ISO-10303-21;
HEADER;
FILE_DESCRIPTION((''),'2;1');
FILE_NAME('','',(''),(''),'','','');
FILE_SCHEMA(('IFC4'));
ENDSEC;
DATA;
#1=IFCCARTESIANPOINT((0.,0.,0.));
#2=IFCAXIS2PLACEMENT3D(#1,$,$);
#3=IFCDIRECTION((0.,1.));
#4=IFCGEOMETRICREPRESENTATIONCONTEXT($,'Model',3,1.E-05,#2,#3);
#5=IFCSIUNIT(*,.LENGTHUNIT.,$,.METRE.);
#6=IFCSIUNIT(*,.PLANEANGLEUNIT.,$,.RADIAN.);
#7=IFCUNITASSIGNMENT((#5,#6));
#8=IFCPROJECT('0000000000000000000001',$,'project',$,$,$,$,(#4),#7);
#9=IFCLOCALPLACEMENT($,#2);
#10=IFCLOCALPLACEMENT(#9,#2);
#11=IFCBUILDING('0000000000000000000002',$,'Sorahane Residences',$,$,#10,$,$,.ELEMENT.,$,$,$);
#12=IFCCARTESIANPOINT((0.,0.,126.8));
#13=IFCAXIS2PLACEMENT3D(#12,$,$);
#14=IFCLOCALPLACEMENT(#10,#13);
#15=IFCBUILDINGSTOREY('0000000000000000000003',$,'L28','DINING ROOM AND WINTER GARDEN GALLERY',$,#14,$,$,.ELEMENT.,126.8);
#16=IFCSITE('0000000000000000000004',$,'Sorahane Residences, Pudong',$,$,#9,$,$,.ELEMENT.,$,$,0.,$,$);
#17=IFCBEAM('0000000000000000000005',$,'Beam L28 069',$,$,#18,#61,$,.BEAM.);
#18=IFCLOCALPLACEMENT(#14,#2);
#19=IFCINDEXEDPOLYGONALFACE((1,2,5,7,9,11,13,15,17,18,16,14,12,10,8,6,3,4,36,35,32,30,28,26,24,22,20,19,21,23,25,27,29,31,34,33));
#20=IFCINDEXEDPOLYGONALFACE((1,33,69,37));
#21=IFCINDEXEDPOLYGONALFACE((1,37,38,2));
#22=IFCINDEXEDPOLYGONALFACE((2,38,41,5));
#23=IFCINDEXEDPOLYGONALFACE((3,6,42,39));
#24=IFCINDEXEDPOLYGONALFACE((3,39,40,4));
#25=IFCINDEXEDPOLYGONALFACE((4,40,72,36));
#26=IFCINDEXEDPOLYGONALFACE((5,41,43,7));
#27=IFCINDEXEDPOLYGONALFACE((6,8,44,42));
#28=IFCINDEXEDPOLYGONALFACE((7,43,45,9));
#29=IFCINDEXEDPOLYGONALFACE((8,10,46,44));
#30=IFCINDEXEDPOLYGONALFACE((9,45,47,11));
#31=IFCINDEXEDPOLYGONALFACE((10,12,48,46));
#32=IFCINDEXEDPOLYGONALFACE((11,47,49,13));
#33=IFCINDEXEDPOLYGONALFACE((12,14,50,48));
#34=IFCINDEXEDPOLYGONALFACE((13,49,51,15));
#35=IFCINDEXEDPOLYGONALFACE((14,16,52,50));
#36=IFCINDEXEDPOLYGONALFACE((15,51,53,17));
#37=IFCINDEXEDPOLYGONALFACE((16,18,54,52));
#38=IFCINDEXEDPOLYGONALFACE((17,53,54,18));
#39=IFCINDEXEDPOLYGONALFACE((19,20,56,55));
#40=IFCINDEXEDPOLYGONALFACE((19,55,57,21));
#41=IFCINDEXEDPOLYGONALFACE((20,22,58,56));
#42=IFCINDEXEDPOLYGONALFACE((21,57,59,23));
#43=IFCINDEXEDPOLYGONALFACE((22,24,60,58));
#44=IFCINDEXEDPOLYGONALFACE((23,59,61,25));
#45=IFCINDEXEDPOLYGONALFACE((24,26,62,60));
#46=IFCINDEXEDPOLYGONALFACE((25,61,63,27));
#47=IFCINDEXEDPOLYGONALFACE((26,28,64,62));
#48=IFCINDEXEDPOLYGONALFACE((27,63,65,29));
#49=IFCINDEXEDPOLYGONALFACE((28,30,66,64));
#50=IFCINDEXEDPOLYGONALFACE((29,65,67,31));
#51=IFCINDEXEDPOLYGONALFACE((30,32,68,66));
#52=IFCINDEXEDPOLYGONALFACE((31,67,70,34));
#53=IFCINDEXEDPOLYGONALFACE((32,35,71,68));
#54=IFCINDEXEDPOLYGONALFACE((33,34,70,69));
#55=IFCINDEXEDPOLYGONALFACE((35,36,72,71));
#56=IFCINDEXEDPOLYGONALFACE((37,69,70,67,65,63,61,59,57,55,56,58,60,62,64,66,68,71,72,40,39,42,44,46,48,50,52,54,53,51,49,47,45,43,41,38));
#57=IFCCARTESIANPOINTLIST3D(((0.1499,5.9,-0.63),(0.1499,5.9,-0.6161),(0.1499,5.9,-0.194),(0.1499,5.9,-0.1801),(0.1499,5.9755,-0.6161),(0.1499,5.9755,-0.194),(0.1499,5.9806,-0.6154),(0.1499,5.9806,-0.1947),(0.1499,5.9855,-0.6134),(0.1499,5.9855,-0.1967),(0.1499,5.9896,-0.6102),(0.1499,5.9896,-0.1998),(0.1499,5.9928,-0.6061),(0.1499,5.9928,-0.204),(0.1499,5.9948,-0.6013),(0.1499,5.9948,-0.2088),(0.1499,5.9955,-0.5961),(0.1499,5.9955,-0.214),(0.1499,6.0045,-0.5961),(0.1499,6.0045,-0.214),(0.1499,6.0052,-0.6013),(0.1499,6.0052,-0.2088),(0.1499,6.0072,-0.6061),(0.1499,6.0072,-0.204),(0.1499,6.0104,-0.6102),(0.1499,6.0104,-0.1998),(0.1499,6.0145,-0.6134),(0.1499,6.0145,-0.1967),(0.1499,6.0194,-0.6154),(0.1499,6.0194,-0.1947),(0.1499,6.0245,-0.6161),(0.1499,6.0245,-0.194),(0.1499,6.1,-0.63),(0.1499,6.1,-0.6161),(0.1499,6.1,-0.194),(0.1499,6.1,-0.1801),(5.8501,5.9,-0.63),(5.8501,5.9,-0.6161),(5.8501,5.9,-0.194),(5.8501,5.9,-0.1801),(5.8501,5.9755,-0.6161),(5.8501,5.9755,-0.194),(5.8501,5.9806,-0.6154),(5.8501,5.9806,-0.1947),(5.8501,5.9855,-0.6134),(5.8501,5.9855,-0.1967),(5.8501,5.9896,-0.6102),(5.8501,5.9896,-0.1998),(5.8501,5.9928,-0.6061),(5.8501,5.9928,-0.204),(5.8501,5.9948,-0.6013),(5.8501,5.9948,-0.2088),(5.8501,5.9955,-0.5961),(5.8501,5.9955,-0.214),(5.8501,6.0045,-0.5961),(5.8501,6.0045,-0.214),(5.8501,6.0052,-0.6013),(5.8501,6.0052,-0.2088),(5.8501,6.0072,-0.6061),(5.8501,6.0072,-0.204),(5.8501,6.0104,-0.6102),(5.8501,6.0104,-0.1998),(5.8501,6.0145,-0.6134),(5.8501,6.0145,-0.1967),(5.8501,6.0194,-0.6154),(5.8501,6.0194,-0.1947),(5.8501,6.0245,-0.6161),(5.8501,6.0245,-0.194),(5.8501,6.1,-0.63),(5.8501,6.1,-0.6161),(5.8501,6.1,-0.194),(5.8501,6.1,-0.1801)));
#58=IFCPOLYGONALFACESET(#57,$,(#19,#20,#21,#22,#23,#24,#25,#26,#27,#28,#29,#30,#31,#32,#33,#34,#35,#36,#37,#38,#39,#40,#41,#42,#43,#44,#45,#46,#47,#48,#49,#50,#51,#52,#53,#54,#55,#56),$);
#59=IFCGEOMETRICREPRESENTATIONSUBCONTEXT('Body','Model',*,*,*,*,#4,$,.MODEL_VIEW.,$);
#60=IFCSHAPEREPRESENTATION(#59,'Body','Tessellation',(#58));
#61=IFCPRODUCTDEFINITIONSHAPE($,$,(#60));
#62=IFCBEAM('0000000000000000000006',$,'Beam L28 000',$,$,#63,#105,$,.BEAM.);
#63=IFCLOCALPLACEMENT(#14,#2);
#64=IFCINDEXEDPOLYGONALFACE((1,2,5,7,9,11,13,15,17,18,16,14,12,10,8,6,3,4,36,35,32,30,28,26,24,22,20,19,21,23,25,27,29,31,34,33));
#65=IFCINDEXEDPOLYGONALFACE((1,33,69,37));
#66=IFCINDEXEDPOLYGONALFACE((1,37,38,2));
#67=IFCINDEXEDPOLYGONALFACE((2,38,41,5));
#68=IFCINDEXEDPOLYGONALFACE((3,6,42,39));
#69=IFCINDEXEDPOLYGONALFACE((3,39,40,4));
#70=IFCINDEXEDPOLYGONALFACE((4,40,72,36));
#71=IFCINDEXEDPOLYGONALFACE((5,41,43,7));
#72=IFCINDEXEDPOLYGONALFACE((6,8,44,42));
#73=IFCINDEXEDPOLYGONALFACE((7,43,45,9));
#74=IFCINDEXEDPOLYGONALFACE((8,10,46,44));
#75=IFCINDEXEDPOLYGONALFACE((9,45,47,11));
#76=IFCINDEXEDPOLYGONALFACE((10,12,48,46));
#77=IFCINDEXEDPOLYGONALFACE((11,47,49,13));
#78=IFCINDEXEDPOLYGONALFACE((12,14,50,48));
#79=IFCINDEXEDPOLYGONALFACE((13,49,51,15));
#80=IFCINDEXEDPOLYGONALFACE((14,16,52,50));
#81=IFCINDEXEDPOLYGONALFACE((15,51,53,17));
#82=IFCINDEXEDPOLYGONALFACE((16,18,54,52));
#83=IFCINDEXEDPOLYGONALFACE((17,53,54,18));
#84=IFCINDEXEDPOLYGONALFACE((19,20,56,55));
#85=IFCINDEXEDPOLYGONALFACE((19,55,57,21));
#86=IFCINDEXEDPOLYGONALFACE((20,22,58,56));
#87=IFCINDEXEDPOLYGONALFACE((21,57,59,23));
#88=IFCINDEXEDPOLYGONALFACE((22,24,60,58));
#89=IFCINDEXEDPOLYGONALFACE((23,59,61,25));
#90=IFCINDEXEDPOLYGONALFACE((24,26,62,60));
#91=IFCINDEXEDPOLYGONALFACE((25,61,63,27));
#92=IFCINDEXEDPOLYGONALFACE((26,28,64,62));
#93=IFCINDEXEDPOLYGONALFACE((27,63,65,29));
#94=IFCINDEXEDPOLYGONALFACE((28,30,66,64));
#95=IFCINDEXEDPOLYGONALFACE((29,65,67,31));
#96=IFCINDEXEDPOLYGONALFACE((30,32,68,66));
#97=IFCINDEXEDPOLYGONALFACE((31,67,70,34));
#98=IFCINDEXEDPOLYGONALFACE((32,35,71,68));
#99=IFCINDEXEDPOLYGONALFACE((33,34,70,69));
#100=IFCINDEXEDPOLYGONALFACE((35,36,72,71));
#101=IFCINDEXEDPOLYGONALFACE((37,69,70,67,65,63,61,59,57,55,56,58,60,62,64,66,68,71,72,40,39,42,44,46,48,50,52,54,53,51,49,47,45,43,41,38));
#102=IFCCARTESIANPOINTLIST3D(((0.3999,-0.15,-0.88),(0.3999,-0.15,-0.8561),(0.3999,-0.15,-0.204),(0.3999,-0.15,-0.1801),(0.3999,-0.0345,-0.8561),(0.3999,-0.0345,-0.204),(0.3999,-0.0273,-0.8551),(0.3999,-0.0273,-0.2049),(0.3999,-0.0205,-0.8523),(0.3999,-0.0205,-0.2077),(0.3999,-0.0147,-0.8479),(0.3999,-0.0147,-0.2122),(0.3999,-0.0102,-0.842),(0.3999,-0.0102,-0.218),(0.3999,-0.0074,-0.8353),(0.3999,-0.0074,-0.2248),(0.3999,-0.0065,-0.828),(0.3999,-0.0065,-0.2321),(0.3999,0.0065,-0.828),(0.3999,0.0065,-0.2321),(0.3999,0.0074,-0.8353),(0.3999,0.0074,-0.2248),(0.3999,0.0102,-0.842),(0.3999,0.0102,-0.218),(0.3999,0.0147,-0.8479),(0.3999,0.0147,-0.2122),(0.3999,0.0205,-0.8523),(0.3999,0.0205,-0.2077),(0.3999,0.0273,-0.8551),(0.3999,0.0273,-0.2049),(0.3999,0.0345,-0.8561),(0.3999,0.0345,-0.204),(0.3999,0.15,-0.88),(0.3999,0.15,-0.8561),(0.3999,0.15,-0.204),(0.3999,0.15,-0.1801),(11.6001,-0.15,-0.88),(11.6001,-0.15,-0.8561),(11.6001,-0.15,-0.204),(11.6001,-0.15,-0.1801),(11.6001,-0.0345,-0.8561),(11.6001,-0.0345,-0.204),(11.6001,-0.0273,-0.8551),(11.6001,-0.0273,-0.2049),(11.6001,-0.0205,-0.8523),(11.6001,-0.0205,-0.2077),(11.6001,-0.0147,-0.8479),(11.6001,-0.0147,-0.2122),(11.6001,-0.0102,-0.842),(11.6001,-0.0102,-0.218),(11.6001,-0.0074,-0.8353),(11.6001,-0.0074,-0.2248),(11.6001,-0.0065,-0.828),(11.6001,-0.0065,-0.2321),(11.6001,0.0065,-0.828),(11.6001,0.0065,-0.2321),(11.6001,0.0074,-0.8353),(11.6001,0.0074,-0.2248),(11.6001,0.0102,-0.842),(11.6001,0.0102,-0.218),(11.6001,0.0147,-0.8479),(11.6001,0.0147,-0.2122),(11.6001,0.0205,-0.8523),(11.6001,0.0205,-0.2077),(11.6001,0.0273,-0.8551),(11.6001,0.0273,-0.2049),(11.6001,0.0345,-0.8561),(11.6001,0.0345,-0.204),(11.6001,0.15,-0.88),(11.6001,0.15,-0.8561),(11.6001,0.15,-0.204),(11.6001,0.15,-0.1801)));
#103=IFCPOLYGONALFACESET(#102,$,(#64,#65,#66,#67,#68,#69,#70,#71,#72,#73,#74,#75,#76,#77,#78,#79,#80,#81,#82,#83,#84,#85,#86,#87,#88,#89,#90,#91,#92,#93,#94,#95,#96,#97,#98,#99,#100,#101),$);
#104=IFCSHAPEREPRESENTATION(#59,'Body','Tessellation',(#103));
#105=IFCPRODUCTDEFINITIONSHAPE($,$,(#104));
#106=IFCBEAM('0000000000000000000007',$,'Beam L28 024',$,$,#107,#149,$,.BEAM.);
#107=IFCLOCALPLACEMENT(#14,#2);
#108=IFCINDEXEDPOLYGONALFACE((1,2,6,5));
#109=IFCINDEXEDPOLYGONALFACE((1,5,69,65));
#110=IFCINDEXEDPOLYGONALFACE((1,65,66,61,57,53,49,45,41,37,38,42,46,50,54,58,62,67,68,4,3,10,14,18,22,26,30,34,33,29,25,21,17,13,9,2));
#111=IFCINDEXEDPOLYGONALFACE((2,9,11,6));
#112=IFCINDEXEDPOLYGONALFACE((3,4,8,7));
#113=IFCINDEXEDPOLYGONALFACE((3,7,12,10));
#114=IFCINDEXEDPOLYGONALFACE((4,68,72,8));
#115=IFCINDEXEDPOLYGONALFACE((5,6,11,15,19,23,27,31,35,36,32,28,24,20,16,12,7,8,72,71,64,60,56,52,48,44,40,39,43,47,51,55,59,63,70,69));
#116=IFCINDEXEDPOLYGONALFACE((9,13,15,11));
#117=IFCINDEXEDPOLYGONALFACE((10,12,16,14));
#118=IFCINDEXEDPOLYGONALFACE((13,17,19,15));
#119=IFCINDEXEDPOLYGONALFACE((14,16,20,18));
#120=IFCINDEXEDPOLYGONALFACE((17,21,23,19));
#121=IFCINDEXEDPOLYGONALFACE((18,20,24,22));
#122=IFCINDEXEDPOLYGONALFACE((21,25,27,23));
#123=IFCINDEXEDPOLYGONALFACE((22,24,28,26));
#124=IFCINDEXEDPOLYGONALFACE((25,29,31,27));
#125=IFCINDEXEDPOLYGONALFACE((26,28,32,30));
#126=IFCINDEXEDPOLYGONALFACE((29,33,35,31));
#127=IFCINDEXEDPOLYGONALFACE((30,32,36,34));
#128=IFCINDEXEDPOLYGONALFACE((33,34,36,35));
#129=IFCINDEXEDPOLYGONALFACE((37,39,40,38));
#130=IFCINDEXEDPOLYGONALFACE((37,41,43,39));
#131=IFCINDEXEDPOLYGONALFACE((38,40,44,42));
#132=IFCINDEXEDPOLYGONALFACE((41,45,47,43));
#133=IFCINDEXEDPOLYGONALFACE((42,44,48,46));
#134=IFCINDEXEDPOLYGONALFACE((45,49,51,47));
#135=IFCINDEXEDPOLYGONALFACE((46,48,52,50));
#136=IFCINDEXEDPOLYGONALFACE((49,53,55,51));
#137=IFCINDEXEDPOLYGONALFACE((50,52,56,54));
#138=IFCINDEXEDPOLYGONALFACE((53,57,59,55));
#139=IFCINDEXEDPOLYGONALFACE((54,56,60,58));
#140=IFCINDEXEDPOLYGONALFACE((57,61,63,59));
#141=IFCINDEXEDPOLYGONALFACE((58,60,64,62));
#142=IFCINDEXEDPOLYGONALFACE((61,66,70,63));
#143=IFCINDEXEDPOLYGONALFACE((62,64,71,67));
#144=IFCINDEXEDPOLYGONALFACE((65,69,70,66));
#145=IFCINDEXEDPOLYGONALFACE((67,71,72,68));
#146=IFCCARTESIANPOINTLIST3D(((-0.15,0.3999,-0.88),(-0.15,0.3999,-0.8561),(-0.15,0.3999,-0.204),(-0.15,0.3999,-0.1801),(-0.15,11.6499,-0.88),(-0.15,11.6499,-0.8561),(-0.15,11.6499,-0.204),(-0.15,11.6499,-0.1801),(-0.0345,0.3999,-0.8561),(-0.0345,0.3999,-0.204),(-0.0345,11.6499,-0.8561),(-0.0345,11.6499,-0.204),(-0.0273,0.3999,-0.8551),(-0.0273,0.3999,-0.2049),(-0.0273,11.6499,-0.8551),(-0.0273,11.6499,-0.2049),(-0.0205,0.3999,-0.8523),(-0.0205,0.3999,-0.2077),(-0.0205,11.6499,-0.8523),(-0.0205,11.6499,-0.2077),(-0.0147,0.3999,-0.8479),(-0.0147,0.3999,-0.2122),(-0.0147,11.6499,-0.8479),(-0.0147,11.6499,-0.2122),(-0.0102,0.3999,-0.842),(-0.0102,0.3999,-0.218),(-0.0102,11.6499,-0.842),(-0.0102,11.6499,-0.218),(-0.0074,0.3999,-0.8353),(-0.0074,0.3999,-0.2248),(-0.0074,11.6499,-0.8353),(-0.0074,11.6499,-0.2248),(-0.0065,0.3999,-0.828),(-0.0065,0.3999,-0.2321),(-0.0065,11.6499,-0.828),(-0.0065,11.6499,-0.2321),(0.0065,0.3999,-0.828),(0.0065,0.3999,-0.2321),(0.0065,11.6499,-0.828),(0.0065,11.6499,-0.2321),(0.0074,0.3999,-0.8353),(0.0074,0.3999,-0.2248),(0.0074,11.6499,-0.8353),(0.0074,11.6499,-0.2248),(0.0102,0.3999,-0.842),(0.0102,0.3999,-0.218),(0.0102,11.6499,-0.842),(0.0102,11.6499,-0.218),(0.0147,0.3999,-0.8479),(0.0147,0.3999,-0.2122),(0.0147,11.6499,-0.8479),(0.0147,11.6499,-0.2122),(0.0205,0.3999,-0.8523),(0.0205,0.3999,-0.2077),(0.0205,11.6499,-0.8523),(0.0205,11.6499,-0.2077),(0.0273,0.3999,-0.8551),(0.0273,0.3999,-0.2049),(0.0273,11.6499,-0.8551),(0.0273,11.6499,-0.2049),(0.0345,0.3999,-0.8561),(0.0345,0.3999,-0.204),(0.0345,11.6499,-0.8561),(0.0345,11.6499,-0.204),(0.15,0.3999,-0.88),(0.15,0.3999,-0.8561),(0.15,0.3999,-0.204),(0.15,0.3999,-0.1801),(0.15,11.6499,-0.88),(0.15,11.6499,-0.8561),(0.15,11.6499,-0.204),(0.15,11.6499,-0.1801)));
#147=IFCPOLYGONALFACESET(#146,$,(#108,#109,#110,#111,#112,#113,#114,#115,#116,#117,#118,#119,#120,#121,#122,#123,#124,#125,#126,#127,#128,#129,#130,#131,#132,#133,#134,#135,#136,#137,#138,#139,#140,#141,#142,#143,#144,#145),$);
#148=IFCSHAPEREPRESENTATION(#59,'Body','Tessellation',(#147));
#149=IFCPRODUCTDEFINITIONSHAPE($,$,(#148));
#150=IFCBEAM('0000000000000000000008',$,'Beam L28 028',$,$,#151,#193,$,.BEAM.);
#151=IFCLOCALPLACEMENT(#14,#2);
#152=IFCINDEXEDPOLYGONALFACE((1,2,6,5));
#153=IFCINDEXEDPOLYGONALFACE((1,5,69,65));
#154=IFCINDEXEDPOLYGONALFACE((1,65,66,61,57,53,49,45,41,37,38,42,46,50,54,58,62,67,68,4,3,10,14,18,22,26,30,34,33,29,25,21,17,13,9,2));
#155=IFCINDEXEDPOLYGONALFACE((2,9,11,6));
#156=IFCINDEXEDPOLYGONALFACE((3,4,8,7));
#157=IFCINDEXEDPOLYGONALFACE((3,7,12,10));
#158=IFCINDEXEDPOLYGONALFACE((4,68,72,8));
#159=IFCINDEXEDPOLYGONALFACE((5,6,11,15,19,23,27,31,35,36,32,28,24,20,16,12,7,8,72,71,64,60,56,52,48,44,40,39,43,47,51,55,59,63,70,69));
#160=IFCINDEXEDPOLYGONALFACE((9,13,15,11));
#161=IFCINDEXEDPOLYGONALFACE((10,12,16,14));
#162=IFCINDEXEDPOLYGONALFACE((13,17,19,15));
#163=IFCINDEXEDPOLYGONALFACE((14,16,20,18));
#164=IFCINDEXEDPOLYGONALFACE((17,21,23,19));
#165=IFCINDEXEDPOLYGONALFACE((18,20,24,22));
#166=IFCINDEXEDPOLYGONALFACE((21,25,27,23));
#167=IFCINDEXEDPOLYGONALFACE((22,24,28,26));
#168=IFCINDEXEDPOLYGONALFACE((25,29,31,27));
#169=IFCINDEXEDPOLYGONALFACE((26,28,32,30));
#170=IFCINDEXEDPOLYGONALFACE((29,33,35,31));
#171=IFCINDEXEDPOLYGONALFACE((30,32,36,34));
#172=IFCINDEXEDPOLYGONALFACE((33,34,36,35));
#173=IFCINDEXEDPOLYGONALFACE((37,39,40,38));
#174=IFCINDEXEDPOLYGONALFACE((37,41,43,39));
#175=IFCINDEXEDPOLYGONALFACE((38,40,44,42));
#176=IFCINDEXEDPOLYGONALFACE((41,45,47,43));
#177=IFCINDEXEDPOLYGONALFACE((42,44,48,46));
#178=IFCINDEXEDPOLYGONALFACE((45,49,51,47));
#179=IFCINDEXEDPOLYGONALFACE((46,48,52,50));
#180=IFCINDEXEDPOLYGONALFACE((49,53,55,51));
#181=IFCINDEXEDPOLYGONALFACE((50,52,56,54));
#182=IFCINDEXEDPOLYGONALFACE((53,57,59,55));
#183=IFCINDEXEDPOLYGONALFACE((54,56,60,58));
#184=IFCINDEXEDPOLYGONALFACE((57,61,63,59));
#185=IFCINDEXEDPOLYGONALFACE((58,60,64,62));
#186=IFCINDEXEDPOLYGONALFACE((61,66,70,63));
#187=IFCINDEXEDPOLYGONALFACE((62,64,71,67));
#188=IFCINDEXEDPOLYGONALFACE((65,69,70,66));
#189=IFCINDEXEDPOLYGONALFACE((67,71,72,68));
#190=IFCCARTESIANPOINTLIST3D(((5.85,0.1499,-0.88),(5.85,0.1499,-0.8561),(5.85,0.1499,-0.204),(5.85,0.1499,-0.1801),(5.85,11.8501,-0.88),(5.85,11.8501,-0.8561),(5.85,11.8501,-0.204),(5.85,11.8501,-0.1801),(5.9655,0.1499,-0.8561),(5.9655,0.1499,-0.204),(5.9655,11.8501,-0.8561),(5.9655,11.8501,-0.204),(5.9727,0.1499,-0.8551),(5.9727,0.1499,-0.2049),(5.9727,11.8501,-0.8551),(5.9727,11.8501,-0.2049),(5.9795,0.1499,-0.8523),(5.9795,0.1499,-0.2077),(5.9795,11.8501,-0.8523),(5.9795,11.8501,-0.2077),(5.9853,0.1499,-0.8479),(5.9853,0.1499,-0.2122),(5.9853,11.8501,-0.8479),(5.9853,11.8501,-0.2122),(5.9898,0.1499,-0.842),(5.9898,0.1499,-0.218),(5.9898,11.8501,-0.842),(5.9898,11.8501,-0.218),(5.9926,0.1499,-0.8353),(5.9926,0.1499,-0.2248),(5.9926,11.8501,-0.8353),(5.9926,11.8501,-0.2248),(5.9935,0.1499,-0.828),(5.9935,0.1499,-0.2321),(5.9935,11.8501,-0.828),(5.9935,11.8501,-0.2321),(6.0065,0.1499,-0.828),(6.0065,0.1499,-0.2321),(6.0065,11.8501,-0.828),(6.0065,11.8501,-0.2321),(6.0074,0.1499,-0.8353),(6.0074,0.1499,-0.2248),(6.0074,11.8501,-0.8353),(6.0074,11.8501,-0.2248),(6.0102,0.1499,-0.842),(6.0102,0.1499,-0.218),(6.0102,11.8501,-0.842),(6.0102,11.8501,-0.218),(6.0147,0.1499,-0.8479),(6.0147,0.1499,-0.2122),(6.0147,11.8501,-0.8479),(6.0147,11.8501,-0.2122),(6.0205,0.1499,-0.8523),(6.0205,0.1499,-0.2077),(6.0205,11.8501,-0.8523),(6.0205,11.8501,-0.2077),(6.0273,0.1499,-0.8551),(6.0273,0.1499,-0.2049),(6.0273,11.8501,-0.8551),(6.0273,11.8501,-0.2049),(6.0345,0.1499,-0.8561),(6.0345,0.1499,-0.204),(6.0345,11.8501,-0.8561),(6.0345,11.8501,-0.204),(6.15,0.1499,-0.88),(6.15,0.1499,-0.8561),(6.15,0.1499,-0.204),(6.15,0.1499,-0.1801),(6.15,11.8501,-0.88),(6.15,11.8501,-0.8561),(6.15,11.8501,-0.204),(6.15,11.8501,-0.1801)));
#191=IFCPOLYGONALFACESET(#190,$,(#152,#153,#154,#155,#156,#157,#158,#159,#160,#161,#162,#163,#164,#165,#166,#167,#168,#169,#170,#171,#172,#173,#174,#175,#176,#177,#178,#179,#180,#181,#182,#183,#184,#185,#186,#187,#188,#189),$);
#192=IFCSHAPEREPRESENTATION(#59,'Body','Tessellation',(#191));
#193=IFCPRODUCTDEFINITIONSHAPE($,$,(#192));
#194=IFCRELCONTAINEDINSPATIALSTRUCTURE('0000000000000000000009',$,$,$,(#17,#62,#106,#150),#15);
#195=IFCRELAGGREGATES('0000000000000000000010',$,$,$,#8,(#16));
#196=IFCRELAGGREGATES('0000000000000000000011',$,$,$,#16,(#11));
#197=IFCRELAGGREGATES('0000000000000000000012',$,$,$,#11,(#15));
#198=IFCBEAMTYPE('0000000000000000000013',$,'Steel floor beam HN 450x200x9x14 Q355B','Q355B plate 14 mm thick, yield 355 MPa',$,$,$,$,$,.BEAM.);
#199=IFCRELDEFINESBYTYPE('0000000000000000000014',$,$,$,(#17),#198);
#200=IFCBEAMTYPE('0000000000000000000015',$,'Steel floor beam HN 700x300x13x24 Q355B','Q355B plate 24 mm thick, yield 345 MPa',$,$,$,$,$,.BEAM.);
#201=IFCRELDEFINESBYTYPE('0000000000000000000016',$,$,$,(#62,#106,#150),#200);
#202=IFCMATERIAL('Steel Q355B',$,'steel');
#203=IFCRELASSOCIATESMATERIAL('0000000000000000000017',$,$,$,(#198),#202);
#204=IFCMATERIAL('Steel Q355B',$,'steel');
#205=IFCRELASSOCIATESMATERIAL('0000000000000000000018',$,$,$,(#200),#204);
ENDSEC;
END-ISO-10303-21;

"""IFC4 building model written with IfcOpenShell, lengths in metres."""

from ifc_helpers import new_model, si_unit, direction, frame, origin, origin_2d, place, context, subcontext, project, spatial, i_section, extrude, material, material_profile, profile_set, type_object, element, save


model = new_model("IFC4")

# Units and contexts
model_context = context("Model", 3, precision=1e-05, world=origin(), true_north=direction((0.0, 1.0)))
body_context = subcontext(model_context, "Body", "Model", "MODEL_VIEW")
ifc_project = project(units=[si_unit("LENGTHUNIT", "METRE"), si_unit("PLANEANGLEUNIT", "RADIAN")], contexts=[model_context])

# Site, building, storey
site_placement = place(None, origin())
site = spatial("IfcSite", under=ifc_project, at=site_placement, Name="Sorahane Residences, Pudong", CompositionType="ELEMENT", RefElevation=0.0)
building_placement = place(site_placement, origin())
building = spatial("IfcBuilding", under=site, at=building_placement, Name="Sorahane Residences", CompositionType="ELEMENT")
storey_placement = place(building_placement, frame((0.0, 0.0, 126.8)))
storey = spatial("IfcBuildingStorey", under=building, at=storey_placement, Name="L28", Description="DINING ROOM AND WINTER GARDEN GALLERY", CompositionType="ELEMENT", Elevation=126.8)

# Beams
ifc_material_1 = material(Name="Steel Q355B", Category="steel")
ifc_material_profile_1 = material_profile(ifc_material_1, i_section(OverallWidth=0.2, OverallDepth=0.45, WebThickness=0.009, FlangeThickness=0.0139, FilletRadius=0.02, at=origin_2d()), Name="HN 450x200x9x14")
ifc_profile_set_1 = profile_set([ifc_material_profile_1], Name="Steel Q355B")
beam_type_1 = type_object("IfcBeamType", Name="Steel floor beam HN 450x200x9x14 Q355B", Description="Q355B plate 14 mm thick, yield 355 MPa", PredefinedType="BEAM", material=ifc_profile_set_1)
beam_1_placement = place(storey_placement, frame((0.1499, 6.0, -0.405), z_axis=(1.0, 0.0, 0.0), x_axis=(0.0, 1.0, 0.0)))
element("IfcBeam", 1, at=beam_1_placement, inside=storey, type_object=beam_type_1, Name="Beam L28 069", PredefinedType="BEAM", context=body_context, shape_type="SweptSolid", body=[
    extrude(i_section(OverallWidth=0.2, OverallDepth=0.45, WebThickness=0.009, FlangeThickness=0.0139, FilletRadius=0.02, at=origin_2d()), origin(), (0.0, 0.0, 1.0), 5.7002),
])
ifc_material_2 = material(Name="Steel Q355B", Category="steel")
ifc_material_profile_2 = material_profile(ifc_material_2, i_section(OverallWidth=0.3, OverallDepth=0.7, WebThickness=0.0129, FlangeThickness=0.0239, FilletRadius=0.0281, at=origin_2d()), Name="HN 700x300x13x24")
ifc_profile_set_2 = profile_set([ifc_material_profile_2], Name="Steel Q355B")
beam_type_2 = type_object("IfcBeamType", Name="Steel floor beam HN 700x300x13x24 Q355B", Description="Q355B plate 24 mm thick, yield 345 MPa", PredefinedType="BEAM", material=ifc_profile_set_2)
beam_2_placement = place(storey_placement, frame((0.3999, 0.0, -0.53), z_axis=(1.0, 0.0, 0.0), x_axis=(0.0, 1.0, 0.0)))
element("IfcBeam", 2, at=beam_2_placement, inside=storey, type_object=beam_type_2, Name="Beam L28 000", PredefinedType="BEAM", context=body_context, shape_type="SweptSolid", body=[
    extrude(i_section(OverallWidth=0.3, OverallDepth=0.7, WebThickness=0.0129, FlangeThickness=0.0239, FilletRadius=0.0281, at=origin_2d()), origin(), (0.0, 0.0, 1.0), 11.2002),
])
beam_3_placement = place(storey_placement, frame((0.0, 0.3999, -0.53), z_axis=(0.0, 1.0, 0.0), x_axis=(-1.0, 0.0, 0.0)))
element("IfcBeam", 3, at=beam_3_placement, inside=storey, type_object=beam_type_2, Name="Beam L28 024", PredefinedType="BEAM", context=body_context, shape_type="SweptSolid", body=[
    extrude(i_section(OverallWidth=0.3, OverallDepth=0.7, WebThickness=0.0129, FlangeThickness=0.0239, FilletRadius=0.0281, at=origin_2d()), origin(), (0.0, 0.0, 1.0), 11.25),
])
beam_4_placement = place(storey_placement, frame((6.0, 0.1499, -0.53), z_axis=(0.0, 1.0, 0.0), x_axis=(-1.0, 0.0, 0.0)))
element("IfcBeam", 4, at=beam_4_placement, inside=storey, type_object=beam_type_2, Name="Beam L28 028", PredefinedType="BEAM", context=body_context, shape_type="SweptSolid", body=[
    extrude(i_section(OverallWidth=0.3, OverallDepth=0.7, WebThickness=0.0129, FlangeThickness=0.0239, FilletRadius=0.0281, at=origin_2d()), origin(), (0.0, 0.0, 1.0), 11.7002),
])

save(model, "model.ifc")
